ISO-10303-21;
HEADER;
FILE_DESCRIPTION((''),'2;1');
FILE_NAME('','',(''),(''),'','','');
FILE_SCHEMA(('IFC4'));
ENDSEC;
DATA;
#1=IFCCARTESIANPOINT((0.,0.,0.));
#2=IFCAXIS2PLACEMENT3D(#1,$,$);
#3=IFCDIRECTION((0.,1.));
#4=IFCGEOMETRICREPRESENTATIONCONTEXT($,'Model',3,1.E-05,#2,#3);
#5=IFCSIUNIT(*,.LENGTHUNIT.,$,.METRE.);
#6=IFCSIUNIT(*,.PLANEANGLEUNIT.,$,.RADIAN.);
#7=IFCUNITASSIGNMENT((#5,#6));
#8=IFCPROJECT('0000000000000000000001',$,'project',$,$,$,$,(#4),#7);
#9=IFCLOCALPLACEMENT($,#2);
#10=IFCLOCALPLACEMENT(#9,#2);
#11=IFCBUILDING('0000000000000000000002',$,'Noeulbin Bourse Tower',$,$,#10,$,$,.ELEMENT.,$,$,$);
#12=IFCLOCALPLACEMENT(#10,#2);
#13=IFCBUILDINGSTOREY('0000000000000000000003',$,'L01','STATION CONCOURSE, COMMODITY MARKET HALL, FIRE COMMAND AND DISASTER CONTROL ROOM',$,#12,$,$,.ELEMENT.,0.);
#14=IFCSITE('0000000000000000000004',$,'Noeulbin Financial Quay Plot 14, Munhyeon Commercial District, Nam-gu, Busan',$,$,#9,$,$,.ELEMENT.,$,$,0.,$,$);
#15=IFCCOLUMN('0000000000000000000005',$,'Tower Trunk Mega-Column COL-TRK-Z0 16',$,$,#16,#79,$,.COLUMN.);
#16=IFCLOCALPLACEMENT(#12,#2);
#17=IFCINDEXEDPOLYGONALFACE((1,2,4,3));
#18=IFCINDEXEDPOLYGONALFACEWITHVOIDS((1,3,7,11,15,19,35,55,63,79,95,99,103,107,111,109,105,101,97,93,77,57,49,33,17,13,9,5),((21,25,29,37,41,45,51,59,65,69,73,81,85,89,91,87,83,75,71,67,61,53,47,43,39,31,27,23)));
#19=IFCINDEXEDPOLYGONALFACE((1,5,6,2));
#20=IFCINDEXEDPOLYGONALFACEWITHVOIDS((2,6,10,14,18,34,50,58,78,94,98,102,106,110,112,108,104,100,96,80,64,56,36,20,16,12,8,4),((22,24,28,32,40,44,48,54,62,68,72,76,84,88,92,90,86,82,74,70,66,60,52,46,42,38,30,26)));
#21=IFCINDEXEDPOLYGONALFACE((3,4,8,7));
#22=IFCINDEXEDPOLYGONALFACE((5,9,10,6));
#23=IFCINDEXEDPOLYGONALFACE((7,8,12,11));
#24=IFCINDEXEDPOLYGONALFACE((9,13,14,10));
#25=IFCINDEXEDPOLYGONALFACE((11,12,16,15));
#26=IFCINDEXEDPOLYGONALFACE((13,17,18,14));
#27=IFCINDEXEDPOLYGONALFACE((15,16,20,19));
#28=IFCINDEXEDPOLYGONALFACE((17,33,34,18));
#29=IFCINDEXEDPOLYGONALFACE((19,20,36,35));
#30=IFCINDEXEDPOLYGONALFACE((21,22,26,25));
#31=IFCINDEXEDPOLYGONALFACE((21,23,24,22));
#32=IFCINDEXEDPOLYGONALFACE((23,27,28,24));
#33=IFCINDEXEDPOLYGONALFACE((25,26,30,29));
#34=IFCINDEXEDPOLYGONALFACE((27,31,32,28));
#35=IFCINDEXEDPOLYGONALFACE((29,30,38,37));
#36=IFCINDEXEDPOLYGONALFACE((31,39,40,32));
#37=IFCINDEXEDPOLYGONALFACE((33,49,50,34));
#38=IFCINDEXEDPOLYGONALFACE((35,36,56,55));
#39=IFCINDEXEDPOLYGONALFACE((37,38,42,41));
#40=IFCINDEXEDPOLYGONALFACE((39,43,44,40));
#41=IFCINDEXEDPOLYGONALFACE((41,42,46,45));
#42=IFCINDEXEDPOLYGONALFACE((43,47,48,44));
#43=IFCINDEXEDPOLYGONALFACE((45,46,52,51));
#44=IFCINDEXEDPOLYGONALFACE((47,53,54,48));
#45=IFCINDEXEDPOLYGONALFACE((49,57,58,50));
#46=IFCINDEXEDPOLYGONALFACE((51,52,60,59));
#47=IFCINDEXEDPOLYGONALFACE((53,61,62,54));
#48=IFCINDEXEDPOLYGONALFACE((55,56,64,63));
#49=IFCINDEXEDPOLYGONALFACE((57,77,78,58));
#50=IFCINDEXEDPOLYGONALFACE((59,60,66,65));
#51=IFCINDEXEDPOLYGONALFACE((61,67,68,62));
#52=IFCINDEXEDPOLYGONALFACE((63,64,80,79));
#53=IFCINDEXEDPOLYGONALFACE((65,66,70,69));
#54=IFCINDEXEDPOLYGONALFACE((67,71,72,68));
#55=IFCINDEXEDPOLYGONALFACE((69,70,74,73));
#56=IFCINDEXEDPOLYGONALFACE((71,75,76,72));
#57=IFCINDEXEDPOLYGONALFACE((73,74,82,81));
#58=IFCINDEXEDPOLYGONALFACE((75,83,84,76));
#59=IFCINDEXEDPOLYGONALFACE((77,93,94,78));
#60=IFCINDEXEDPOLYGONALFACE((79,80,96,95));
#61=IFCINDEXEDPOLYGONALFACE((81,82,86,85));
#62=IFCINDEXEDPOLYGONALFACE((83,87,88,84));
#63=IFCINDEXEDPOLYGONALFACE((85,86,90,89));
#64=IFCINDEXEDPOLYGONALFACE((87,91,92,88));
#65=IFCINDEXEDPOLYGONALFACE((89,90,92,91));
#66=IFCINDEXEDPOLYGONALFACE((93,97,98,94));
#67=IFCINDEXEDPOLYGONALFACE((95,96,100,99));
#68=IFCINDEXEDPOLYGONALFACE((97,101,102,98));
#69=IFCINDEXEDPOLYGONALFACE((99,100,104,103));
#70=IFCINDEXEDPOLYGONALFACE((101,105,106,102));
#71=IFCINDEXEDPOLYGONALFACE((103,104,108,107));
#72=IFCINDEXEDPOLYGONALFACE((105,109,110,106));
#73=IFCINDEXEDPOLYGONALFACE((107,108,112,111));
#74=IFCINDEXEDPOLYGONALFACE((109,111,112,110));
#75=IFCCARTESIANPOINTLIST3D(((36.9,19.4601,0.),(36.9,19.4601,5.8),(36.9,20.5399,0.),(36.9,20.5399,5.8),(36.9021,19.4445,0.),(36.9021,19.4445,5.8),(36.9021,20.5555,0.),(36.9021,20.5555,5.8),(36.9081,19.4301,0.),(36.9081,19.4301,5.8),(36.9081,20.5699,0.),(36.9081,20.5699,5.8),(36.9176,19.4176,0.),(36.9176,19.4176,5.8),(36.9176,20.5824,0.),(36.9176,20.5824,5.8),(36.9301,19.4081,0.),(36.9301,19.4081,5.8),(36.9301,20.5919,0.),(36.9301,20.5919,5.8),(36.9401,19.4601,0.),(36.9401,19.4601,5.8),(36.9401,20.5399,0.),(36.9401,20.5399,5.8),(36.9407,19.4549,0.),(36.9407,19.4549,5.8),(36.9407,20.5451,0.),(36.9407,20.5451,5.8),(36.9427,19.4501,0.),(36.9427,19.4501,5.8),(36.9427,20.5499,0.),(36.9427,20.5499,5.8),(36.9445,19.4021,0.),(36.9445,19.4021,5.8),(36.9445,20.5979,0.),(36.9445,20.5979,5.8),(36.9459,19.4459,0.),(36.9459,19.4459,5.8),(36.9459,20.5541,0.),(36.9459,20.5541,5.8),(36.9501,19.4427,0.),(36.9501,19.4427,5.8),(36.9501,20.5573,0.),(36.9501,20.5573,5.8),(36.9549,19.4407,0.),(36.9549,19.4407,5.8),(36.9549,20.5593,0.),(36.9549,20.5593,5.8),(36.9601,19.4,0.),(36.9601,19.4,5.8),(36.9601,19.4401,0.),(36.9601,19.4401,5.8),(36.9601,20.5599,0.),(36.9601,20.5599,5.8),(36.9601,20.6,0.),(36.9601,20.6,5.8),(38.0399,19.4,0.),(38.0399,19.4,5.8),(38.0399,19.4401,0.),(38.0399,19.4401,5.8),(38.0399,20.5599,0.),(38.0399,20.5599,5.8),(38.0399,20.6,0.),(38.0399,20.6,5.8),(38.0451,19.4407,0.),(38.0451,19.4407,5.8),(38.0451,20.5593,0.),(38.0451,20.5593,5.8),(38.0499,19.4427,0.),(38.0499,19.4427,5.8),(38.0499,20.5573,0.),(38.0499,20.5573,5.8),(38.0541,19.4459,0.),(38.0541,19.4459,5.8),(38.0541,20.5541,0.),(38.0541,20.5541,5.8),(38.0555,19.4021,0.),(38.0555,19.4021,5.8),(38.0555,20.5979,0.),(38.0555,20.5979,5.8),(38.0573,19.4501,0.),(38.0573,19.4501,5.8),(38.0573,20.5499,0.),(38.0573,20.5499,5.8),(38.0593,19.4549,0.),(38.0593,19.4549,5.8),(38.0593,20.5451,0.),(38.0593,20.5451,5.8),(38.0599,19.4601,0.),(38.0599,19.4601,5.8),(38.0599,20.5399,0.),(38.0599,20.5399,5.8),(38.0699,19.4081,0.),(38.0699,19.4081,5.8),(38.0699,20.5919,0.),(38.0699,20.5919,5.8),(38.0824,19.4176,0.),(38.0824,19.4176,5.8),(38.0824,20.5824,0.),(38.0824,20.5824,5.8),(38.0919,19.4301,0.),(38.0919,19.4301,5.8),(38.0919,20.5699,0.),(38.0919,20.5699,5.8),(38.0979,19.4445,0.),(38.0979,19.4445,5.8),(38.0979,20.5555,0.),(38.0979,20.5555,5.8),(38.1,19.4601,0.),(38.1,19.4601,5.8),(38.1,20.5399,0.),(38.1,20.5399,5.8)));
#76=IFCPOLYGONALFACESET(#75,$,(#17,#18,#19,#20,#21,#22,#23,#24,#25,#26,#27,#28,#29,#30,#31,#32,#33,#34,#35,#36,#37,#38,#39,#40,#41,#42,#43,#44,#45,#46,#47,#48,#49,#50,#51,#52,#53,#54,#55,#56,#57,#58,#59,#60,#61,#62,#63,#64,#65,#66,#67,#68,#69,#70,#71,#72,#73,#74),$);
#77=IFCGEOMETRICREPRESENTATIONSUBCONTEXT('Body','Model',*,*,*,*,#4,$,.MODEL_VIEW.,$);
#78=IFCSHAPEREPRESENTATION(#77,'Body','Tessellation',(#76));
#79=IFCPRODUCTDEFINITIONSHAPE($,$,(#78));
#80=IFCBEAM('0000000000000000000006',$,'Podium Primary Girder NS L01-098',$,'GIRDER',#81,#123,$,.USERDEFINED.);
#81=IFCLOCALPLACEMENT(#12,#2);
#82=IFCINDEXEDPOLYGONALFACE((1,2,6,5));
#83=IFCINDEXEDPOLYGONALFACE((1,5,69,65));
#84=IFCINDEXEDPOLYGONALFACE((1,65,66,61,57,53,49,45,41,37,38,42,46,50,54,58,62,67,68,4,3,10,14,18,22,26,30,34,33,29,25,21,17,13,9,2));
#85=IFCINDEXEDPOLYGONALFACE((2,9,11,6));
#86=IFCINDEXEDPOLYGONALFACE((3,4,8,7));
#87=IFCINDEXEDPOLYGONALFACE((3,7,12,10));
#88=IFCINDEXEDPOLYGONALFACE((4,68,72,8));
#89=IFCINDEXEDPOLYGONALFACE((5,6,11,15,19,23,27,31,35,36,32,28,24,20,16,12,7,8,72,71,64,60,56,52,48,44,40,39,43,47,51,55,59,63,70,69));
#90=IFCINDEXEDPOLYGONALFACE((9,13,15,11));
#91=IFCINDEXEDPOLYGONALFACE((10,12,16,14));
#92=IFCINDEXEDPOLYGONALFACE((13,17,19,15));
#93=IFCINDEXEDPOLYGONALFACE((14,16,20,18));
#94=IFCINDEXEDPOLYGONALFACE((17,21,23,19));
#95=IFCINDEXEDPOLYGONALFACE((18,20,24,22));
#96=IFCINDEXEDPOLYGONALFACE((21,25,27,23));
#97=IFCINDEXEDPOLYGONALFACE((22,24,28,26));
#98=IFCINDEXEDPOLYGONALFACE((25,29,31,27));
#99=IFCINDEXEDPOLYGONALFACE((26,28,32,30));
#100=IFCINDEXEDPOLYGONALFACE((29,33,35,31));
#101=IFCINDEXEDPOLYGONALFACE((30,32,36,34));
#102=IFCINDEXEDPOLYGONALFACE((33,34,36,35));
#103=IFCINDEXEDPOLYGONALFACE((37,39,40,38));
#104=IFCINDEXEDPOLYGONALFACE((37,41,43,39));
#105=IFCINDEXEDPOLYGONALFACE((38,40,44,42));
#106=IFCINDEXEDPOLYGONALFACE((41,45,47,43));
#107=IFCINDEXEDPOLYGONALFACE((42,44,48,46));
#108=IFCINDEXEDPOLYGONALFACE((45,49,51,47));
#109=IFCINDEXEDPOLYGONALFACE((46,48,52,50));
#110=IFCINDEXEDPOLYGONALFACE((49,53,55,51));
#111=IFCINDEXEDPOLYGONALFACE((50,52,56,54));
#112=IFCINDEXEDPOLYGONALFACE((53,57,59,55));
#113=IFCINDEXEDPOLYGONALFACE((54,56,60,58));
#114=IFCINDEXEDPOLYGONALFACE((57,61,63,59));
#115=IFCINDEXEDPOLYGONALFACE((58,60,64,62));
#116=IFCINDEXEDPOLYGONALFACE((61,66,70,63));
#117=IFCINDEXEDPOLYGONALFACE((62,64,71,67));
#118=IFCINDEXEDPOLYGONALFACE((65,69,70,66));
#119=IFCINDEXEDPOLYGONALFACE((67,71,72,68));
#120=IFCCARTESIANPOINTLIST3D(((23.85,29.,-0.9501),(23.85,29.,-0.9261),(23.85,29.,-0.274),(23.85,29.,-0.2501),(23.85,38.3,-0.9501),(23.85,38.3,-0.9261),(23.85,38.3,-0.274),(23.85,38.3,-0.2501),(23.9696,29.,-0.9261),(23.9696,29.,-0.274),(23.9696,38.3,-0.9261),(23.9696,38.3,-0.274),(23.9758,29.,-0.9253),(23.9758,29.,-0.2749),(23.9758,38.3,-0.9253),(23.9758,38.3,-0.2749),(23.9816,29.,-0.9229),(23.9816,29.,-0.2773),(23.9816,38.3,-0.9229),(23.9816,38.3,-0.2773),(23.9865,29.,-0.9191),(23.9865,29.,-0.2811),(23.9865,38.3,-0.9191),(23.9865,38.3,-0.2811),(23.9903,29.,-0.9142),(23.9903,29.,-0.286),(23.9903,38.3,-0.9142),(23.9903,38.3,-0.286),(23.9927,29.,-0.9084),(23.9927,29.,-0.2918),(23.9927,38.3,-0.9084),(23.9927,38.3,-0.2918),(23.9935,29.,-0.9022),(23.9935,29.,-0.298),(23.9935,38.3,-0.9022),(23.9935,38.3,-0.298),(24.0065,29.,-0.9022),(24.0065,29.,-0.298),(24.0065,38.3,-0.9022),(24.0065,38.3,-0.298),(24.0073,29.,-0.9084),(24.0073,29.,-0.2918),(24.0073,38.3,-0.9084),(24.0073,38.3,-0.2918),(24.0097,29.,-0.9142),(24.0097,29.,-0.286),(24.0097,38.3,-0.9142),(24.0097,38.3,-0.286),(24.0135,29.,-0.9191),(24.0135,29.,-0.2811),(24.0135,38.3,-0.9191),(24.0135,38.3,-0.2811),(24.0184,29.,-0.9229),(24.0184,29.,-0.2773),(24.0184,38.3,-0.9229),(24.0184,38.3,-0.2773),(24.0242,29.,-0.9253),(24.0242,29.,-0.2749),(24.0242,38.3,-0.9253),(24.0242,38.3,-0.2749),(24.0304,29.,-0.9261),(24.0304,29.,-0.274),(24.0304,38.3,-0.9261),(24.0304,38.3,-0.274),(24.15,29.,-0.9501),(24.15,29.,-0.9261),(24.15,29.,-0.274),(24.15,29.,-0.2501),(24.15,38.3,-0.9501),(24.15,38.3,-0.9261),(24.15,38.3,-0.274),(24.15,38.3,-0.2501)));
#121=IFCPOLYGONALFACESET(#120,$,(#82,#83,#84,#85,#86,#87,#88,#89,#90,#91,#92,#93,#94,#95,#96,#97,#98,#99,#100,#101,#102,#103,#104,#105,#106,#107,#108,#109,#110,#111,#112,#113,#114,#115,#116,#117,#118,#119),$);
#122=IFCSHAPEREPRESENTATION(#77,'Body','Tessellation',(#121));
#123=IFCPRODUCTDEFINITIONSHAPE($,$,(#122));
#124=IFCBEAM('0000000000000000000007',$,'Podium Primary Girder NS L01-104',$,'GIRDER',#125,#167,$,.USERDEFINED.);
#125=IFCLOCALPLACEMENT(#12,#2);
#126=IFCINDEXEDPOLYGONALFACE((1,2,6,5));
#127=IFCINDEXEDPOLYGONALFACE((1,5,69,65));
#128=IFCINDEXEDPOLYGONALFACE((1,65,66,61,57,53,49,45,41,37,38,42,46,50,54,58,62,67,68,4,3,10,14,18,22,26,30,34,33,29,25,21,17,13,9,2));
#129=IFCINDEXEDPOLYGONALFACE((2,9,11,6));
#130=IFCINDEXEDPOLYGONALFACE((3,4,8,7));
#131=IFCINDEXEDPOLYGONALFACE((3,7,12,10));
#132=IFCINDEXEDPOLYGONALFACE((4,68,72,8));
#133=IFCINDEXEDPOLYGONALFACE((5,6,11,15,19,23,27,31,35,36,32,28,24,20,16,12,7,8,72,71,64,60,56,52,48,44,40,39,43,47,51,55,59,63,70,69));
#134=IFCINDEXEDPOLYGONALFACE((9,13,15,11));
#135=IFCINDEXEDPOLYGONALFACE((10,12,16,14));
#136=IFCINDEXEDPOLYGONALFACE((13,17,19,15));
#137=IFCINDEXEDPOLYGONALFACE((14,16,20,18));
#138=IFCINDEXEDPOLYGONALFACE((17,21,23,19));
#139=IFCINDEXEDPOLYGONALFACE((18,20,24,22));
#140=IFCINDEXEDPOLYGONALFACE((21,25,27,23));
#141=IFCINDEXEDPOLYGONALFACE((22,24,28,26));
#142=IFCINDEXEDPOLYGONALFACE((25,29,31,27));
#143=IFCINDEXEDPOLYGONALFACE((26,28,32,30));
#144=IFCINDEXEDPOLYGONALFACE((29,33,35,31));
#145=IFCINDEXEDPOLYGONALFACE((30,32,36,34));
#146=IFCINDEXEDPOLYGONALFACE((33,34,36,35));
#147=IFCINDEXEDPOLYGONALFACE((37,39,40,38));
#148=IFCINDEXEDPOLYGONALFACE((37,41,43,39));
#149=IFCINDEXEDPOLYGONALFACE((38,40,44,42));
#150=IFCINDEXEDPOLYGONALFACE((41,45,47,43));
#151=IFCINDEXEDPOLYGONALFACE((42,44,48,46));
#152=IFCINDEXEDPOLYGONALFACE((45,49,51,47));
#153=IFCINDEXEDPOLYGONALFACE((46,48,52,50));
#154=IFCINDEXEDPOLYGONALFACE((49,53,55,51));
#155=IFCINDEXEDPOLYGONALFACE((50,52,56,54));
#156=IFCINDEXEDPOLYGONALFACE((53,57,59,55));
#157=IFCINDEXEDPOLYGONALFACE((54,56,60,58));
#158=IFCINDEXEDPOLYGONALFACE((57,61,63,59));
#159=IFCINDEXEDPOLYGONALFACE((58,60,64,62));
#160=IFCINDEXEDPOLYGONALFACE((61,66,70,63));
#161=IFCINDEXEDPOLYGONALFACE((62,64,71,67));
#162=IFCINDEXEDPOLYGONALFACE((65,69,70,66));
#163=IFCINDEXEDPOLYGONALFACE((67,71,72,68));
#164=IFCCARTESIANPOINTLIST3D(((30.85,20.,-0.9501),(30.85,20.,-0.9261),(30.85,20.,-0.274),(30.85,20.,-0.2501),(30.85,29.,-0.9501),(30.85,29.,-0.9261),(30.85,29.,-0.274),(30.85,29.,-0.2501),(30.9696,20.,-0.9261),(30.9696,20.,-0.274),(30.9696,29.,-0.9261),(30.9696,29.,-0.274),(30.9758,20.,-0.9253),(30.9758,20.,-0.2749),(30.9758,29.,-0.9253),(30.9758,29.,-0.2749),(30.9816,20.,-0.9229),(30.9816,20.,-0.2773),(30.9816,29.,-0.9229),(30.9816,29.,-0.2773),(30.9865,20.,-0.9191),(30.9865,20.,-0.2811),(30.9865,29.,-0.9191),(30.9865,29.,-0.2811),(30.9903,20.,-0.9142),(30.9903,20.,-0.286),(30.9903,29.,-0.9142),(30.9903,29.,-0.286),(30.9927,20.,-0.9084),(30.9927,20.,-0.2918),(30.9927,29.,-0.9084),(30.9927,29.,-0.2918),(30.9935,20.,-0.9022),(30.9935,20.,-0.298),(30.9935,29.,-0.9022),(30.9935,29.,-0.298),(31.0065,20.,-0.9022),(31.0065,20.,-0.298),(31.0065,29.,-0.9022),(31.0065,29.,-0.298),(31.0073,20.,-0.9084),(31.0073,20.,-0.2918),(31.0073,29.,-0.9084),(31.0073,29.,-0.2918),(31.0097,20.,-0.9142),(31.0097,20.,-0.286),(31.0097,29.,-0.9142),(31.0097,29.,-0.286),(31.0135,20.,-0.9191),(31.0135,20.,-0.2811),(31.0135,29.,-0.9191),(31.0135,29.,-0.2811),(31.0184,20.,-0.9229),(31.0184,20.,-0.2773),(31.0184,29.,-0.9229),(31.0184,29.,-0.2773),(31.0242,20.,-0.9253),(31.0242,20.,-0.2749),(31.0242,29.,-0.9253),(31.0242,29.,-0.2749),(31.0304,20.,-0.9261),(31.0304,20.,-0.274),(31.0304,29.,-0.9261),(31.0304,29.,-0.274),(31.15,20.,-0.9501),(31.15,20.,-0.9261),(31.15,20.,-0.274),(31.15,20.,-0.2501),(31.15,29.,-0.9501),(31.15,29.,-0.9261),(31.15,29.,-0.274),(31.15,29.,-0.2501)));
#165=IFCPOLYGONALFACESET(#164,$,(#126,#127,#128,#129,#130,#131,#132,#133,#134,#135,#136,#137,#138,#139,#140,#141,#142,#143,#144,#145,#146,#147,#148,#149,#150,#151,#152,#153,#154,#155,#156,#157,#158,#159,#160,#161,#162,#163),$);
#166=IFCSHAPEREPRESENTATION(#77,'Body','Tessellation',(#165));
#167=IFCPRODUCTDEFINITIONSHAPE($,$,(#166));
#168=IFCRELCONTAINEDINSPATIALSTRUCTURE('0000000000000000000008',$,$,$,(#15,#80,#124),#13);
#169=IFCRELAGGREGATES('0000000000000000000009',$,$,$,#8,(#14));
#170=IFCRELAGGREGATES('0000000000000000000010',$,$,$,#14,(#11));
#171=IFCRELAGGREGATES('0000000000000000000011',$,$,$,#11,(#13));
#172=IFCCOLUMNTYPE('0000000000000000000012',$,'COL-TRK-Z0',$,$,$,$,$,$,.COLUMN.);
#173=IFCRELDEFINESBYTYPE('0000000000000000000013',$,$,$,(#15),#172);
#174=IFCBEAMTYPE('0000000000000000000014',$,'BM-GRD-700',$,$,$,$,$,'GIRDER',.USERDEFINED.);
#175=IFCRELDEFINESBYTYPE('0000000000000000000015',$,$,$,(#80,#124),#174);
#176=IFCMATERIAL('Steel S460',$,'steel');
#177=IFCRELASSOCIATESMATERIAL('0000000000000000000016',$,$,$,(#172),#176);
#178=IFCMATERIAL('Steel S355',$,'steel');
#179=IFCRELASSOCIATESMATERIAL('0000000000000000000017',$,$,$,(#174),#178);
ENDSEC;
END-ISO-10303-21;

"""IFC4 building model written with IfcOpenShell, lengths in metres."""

from ifc_helpers import new_model, si_unit, direction, frame, origin, origin_2d, place, context, subcontext, project, spatial, hollow_rectangle, i_section, extrude, material, material_profile, profile_set, type_object, element, save


model = new_model("IFC4")

# Units and contexts
model_context = context("Model", 3, precision=1e-05, world=origin(), true_north=direction((0.0, 1.0)))
body_context = subcontext(model_context, "Body", "Model", "MODEL_VIEW")
ifc_project = project(units=[si_unit("LENGTHUNIT", "METRE"), si_unit("PLANEANGLEUNIT", "RADIAN")], contexts=[model_context])

# Site, building, storey
site_placement = place(None, origin())
site = spatial("IfcSite", under=ifc_project, at=site_placement, Name="Noeulbin Financial Quay Plot 14, Munhyeon Commercial District, Nam-gu, Busan", CompositionType="ELEMENT", RefElevation=0.0)
building_placement = place(site_placement, origin())
building = spatial("IfcBuilding", under=site, at=building_placement, Name="Noeulbin Bourse Tower", CompositionType="ELEMENT")
storey_placement = place(building_placement, origin())
storey = spatial("IfcBuildingStorey", under=building, at=storey_placement, Name="L01", Description="STATION CONCOURSE, COMMODITY MARKET HALL, FIRE COMMAND AND DISASTER CONTROL ROOM", CompositionType="ELEMENT", Elevation=0.0)

# Column
ifc_material_1 = material(Name="Steel S460", Category="steel")
ifc_material_profile_1 = material_profile(ifc_material_1, hollow_rectangle(XDim=1.2, YDim=1.2, WallThickness=0.04, InnerFilletRadius=0.02, OuterFilletRadius=0.0601, at=origin_2d()), Name="BOX-1200x1200x40", Category="LoadBearing")
ifc_profile_set_1 = profile_set([ifc_material_profile_1], Name="Steel S460")
column_type = type_object("IfcColumnType", Name="COL-TRK-Z0", PredefinedType="COLUMN", material=ifc_profile_set_1)
for number, where, z_axis, x_axis, name in (
    (1, (37.5, 20.0, 0.0), (0.0, 0.0, 1.0), (1.0, 0.0, 0.0), "Tower Trunk Mega-Column COL-TRK-Z0 16"),
):
    element("IfcColumn", number, at=place(storey_placement, frame(where, z_axis=z_axis, x_axis=x_axis)), inside=storey, type_object=column_type, Name=name, PredefinedType="COLUMN", context=body_context, shape_type="SweptSolid", body=[
        extrude(hollow_rectangle(XDim=1.2, YDim=1.2, WallThickness=0.04, InnerFilletRadius=0.02, OuterFilletRadius=0.0601, at=origin_2d()), origin(), (0.0, 0.0, 1.0), 5.8),
    ])

# Beams
ifc_material_2 = material(Name="Steel S355", Category="steel")
ifc_material_profile_2 = material_profile(ifc_material_2, i_section(OverallWidth=0.3, OverallDepth=0.7, WebThickness=0.0129, FlangeThickness=0.0239, FilletRadius=0.0239, at=origin_2d()), Name="H-700x300x13x24", Category="LoadBearing")
ifc_profile_set_2 = profile_set([ifc_material_profile_2], Name="Steel S355")
beam_type_1 = type_object("IfcBeamType", Name="BM-GRD-700", ElementType="GIRDER", PredefinedType="USERDEFINED", material=ifc_profile_set_2)
beam_1_placement = place(storey_placement, frame((24.0, 29.0, -0.6001), z_axis=(0.0, 1.0, 0.0), x_axis=(-1.0, 0.0, 0.0)))
element("IfcBeam", 2, at=beam_1_placement, inside=storey, type_object=beam_type_1, Name="Podium Primary Girder NS L01-098", ObjectType="GIRDER", PredefinedType="USERDEFINED", context=body_context, shape_type="SweptSolid", body=[
    extrude(i_section(OverallWidth=0.3, OverallDepth=0.7, WebThickness=0.0129, FlangeThickness=0.0239, FilletRadius=0.0239, at=origin_2d()), origin(), (0.0, 0.0, 1.0), 9.3),
])
beam_2_placement = place(storey_placement, frame((31.0, 20.0, -0.6001), z_axis=(0.0, 1.0, 0.0), x_axis=(-1.0, 0.0, 0.0)))
element("IfcBeam", 3, at=beam_2_placement, inside=storey, type_object=beam_type_1, Name="Podium Primary Girder NS L01-104", ObjectType="GIRDER", PredefinedType="USERDEFINED", context=body_context, shape_type="SweptSolid", body=[
    extrude(i_section(OverallWidth=0.3, OverallDepth=0.7, WebThickness=0.0129, FlangeThickness=0.0239, FilletRadius=0.0239, at=origin_2d()), origin(), (0.0, 0.0, 1.0), 9.0),
])

save(model, "model.ifc")
